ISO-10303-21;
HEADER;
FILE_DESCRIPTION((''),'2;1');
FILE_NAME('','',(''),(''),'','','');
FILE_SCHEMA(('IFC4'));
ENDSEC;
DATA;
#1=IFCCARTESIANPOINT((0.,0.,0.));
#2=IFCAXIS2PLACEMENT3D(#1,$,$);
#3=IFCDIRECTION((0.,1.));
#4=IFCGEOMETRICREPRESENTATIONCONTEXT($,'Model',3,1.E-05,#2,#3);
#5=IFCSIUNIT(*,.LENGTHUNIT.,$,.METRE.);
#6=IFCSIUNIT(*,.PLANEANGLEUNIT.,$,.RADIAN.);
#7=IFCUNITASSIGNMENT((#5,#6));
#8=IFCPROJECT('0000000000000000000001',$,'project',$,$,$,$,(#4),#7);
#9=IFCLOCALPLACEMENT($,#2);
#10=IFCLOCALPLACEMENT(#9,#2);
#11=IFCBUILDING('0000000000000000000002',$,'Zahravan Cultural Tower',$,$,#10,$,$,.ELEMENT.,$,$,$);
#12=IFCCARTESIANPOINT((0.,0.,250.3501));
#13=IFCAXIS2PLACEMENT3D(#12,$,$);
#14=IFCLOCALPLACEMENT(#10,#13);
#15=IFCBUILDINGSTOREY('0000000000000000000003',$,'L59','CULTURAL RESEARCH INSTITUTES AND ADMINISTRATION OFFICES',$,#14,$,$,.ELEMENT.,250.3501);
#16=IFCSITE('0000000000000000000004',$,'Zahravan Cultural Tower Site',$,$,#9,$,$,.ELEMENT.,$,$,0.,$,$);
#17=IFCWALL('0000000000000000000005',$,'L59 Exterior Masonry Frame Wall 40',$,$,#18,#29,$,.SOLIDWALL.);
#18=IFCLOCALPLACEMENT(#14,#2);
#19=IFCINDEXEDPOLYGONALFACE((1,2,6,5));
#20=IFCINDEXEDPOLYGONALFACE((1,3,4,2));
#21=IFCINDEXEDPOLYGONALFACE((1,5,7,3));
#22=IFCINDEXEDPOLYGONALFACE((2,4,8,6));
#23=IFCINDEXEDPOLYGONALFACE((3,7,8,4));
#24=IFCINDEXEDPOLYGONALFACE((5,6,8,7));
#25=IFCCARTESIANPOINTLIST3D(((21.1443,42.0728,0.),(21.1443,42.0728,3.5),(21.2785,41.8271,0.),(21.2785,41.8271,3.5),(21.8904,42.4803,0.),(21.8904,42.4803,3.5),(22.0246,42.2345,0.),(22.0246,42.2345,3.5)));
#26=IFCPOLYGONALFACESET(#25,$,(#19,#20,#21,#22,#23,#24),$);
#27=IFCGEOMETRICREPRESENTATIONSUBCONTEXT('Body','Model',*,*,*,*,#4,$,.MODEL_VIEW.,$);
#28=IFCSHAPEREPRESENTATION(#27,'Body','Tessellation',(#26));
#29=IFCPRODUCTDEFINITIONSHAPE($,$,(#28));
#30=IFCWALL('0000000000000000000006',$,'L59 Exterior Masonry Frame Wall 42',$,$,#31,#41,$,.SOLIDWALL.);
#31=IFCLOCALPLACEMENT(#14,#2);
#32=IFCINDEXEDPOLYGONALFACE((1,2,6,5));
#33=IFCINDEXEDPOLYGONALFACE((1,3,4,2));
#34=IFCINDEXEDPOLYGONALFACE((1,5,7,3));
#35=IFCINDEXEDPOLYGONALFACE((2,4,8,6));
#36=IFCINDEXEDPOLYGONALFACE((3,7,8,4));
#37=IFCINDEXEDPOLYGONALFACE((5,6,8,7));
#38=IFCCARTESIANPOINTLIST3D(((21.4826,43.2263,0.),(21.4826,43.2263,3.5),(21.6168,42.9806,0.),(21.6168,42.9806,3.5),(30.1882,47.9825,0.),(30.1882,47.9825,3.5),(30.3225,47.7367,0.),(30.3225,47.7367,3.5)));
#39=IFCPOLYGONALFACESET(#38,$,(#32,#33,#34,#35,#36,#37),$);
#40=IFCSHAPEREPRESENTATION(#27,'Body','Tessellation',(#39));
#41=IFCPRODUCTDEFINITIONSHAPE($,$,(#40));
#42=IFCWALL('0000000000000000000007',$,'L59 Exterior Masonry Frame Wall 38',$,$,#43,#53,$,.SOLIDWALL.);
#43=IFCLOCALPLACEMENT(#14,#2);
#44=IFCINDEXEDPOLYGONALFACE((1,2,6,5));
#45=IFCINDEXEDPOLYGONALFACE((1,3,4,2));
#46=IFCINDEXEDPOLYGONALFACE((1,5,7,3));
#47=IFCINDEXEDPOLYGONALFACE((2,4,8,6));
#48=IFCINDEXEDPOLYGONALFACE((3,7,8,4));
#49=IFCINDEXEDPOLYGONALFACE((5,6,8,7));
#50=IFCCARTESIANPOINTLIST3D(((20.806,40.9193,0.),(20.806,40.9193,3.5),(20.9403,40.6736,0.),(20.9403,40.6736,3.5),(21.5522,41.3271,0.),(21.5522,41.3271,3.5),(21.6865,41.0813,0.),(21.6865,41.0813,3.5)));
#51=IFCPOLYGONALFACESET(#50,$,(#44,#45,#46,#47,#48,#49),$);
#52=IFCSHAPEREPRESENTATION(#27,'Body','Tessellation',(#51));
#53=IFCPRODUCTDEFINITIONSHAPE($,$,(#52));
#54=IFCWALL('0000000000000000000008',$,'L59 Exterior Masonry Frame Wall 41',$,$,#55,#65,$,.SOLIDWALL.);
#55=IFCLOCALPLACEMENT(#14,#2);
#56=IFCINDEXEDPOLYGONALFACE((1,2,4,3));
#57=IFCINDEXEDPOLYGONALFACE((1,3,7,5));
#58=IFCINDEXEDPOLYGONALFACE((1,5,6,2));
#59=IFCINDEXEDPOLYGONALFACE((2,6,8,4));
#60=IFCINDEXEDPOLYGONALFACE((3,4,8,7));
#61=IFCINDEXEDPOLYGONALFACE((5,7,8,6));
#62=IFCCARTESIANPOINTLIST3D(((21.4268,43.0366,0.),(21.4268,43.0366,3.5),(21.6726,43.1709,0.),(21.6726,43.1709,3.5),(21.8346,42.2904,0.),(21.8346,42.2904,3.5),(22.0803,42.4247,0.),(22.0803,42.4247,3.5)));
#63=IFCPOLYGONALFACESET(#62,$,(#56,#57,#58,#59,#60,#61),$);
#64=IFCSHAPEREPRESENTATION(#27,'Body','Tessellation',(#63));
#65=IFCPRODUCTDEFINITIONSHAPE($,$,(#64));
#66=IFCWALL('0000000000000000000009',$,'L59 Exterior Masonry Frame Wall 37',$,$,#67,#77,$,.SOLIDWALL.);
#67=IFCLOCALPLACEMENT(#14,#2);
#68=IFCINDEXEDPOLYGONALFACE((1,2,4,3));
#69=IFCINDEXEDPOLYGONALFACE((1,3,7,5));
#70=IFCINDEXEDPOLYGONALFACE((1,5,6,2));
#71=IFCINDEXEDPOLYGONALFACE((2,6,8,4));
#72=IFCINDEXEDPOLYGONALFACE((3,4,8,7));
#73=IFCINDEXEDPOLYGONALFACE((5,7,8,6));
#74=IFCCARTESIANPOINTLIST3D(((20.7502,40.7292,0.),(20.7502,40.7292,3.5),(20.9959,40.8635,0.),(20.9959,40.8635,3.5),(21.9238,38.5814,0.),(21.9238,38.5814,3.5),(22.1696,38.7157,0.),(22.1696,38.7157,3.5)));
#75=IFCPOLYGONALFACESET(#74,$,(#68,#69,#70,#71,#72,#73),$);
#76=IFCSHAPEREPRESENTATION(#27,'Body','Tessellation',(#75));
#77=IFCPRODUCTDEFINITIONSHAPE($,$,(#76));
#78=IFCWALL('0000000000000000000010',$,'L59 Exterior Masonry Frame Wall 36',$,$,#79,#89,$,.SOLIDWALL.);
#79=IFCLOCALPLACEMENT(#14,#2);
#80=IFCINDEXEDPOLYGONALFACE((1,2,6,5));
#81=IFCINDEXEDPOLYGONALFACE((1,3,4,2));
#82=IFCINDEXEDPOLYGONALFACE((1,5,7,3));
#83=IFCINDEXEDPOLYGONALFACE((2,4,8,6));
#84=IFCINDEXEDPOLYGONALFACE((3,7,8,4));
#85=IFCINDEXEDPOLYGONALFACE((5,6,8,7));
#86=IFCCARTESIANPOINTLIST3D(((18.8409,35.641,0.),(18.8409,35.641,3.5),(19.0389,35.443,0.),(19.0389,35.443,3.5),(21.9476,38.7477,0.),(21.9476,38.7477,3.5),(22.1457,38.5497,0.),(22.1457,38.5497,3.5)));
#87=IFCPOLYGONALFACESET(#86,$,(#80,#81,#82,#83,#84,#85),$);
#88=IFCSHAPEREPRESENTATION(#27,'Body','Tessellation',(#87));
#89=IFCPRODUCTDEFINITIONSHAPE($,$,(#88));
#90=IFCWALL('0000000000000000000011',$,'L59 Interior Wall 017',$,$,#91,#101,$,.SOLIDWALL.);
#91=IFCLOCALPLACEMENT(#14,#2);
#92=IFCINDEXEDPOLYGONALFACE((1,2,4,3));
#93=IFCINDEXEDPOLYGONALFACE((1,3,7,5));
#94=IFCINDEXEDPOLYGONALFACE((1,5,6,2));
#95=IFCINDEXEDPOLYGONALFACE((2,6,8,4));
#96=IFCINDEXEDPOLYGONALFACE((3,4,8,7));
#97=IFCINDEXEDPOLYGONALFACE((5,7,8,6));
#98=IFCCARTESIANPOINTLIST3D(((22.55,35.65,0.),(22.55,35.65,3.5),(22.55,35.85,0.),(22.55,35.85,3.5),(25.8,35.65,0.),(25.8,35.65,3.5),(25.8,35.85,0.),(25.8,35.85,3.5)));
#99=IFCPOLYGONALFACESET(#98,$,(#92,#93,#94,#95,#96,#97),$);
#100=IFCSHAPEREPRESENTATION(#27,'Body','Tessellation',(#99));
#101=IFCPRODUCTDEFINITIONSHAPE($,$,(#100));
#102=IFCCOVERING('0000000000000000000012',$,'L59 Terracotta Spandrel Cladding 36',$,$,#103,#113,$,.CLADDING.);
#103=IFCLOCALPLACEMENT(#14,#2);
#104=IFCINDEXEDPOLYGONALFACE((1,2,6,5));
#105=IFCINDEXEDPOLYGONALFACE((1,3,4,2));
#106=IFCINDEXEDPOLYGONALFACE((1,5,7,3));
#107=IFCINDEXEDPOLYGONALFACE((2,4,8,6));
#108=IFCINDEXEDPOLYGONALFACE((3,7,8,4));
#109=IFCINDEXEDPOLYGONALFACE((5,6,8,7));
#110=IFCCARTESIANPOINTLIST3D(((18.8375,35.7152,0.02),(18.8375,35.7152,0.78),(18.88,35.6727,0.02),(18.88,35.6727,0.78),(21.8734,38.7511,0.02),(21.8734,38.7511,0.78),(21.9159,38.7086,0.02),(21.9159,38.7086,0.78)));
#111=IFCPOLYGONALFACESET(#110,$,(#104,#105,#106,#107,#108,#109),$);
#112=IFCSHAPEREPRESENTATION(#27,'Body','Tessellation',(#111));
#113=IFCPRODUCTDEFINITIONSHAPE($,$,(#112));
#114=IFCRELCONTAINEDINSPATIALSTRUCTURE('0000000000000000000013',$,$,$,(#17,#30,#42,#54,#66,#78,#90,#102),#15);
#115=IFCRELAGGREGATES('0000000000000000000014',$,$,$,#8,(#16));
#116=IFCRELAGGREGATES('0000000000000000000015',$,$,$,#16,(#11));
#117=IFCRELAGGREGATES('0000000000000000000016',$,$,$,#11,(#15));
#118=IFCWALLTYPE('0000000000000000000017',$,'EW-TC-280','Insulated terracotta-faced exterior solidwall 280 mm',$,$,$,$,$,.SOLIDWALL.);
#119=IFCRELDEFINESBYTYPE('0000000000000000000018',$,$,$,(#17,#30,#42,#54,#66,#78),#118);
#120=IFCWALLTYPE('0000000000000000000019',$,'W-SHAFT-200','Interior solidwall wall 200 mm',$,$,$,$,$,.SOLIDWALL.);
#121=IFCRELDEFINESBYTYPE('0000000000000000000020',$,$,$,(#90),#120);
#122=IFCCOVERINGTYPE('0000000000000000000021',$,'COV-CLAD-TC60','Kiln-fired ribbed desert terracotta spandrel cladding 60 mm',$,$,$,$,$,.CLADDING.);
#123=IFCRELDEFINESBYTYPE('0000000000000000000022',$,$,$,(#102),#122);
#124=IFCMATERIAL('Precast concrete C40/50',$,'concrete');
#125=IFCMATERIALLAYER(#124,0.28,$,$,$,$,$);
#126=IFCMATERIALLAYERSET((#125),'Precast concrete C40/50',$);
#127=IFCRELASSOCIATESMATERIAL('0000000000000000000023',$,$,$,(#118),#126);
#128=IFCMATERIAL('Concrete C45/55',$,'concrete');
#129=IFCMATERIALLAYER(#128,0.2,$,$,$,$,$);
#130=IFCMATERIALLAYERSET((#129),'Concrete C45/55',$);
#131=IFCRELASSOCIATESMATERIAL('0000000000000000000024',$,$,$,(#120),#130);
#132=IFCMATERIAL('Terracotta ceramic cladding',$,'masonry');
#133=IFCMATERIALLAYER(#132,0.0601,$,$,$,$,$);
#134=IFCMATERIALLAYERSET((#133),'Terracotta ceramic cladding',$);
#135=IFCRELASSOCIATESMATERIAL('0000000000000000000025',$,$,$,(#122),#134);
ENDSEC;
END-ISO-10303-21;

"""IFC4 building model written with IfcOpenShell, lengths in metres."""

from ifc_helpers import new_model, si_unit, direction, frame, frame_2d, origin, origin_2d, place, context, subcontext, project, spatial, rectangle, extrude, source, transform, mapped, material, layer, layer_set, type_object, element, save


model = new_model("IFC4")

# Units and contexts
model_context = context("Model", 3, precision=1e-05, world=origin(), true_north=direction((0.0, 1.0)))
body_context = subcontext(model_context, "Body", "Model", "MODEL_VIEW")
ifc_project = project(units=[si_unit("LENGTHUNIT", "METRE"), si_unit("PLANEANGLEUNIT", "RADIAN")], contexts=[model_context])

# Site, building, storey
site_placement = place(None, origin())
site = spatial("IfcSite", under=ifc_project, at=site_placement, Name="Zahravan Cultural Tower Site", CompositionType="ELEMENT", RefElevation=0.0)
building_placement = place(site_placement, origin())
building = spatial("IfcBuilding", under=site, at=building_placement, Name="Zahravan Cultural Tower", CompositionType="ELEMENT")
storey_placement = place(building_placement, frame((0.0, 0.0, 250.3501)))
storey = spatial("IfcBuildingStorey", under=building, at=storey_placement, Name="L59", Description="CULTURAL RESEARCH INSTITUTES AND ADMINISTRATION OFFICES", CompositionType="ELEMENT", Elevation=250.3501)

# Walls
ifc_material_1 = material(Name="Precast concrete C40/50", Category="concrete")
ifc_layer_1 = layer(ifc_material_1, 0.28)
ifc_layer_set_1 = layer_set([ifc_layer_1], Name="Precast concrete C40/50")
wall_type_1 = type_object("IfcWallType", Name="EW-TC-280", Description="Insulated terracotta-faced exterior solidwall 280 mm", PredefinedType="SOLIDWALL", material=ifc_layer_set_1)
shared_shape_1 = source(origin(), body_context, "Body", "SweptSolid", [
    extrude(rectangle(XDim=0.8501, YDim=0.28, at=frame_2d((0.425, 0.0))), origin(), (0.0, 0.0, 1.0), 3.5),
])
for number, where, z_axis, x_axis, name in (
    (1, (21.2114, 41.95, 0.0), (0.0, 0.0, 1.0), (0.877643, 0.479315, 0.0), "L59 Exterior Masonry Frame Wall 40"),
):
    element("IfcWall", number, at=place(storey_placement, frame(where, z_axis=z_axis, x_axis=x_axis)), inside=storey, type_object=wall_type_1, Name=name, PredefinedType="SOLIDWALL", context=body_context, shape_type="MappedRepresentation", body=[
        mapped(shared_shape_1, transform((0.0, 0.0, 0.0), x_axis=(1.0, 0.0, 0.0), y_axis=(0.0, 1.0, 0.0), z_axis=(0.0, 0.0, 1.0), scale=1.0)),
    ])
shared_shape_2 = source(origin(), body_context, "Body", "SweptSolid", [
    extrude(rectangle(XDim=9.9202, YDim=0.28, at=frame_2d((4.96, 0.0))), origin(), (0.0, 0.0, 1.0), 3.5),
])
wall_1_placement = place(storey_placement, frame((21.5498, 43.1035, 0.0), z_axis=(0.0, 0.0, 1.0), x_axis=(0.877573, 0.479443, 0.0)))
element("IfcWall", 2, at=wall_1_placement, inside=storey, type_object=wall_type_1, Name="L59 Exterior Masonry Frame Wall 42", PredefinedType="SOLIDWALL", context=body_context, shape_type="MappedRepresentation", body=[
    mapped(shared_shape_2, transform((0.0, 0.0, 0.0), x_axis=(1.0, 0.0, 0.0), y_axis=(0.0, 1.0, 0.0), z_axis=(0.0, 0.0, 1.0), scale=1.0)),
])
shared_shape_3 = source(origin(), body_context, "Body", "SweptSolid", [
    extrude(rectangle(XDim=0.8503, YDim=0.28, at=frame_2d((0.4253, 0.0))), origin(), (0.0, 0.0, 1.0), 3.5),
])
for number, where, z_axis, x_axis, name in (
    (3, (20.873, 40.7964, 0.0), (0.0, 0.0, 1.0), (0.877522, 0.479536, 0.0), "L59 Exterior Masonry Frame Wall 38"),
    (4, (21.9575, 42.3574, 0.0), (0.0, 0.0, 1.0), (-0.479536, 0.877522, 0.0), "L59 Exterior Masonry Frame Wall 41"),
):
    element("IfcWall", number, at=place(storey_placement, frame(where, z_axis=z_axis, x_axis=x_axis)), inside=storey, type_object=wall_type_1, Name=name, PredefinedType="SOLIDWALL", context=body_context, shape_type="MappedRepresentation", body=[
        mapped(shared_shape_3, transform((0.0, 0.0, 0.0), x_axis=(1.0, 0.0, 0.0), y_axis=(0.0, 1.0, 0.0), z_axis=(0.0, 0.0, 1.0), scale=1.0)),
    ])
shared_shape_4 = source(origin(), body_context, "Body", "SweptSolid", [
    extrude(rectangle(XDim=2.4475, YDim=0.28, at=frame_2d((1.2236, 0.0))), origin(), (0.0, 0.0, 1.0), 3.5),
])
wall_2_placement = place(storey_placement, frame((22.0466, 38.6487, 0.0), z_axis=(0.0, 0.0, 1.0), x_axis=(-0.479516, 0.877533, 0.0)))
element("IfcWall", 5, at=wall_2_placement, inside=storey, type_object=wall_type_1, Name="L59 Exterior Masonry Frame Wall 37", PredefinedType="SOLIDWALL", context=body_context, shape_type="MappedRepresentation", body=[
    mapped(shared_shape_4, transform((0.0, 0.0, 0.0), x_axis=(1.0, 0.0, 0.0), y_axis=(0.0, 1.0, 0.0), z_axis=(0.0, 0.0, 1.0), scale=1.0)),
])
shared_shape_5 = source(origin(), body_context, "Body", "SweptSolid", [
    extrude(rectangle(XDim=4.3936, YDim=0.28, at=frame_2d((2.1968, 0.0))), origin(), (0.0, 0.0, 1.0), 3.5),
])
wall_3_placement = place(storey_placement, frame((18.9399, 35.542, 0.0), z_axis=(0.0, 0.0, 1.0), x_axis=(0.707107, 0.707107, 0.0)))
element("IfcWall", 6, at=wall_3_placement, inside=storey, type_object=wall_type_1, Name="L59 Exterior Masonry Frame Wall 36", PredefinedType="SOLIDWALL", context=body_context, shape_type="MappedRepresentation", body=[
    mapped(shared_shape_5, transform((0.0, 0.0, 0.0), x_axis=(1.0, 0.0, 0.0), y_axis=(0.0, 1.0, 0.0), z_axis=(0.0, 0.0, 1.0), scale=1.0)),
])
ifc_material_2 = material(Name="Concrete C45/55", Category="concrete")
ifc_layer_2 = layer(ifc_material_2, 0.2)
ifc_layer_set_2 = layer_set([ifc_layer_2], Name="Concrete C45/55")
wall_type_2 = type_object("IfcWallType", Name="W-SHAFT-200", Description="Interior solidwall wall 200 mm", PredefinedType="SOLIDWALL", material=ifc_layer_set_2)
shared_shape_6 = source(origin(), body_context, "Body", "SweptSolid", [
    extrude(rectangle(XDim=3.25, YDim=0.2, at=frame_2d((1.625, 0.0))), origin(), (0.0, 0.0, 1.0), 3.5),
])
wall_4_placement = place(storey_placement, frame((22.55, 35.75, 0.0), z_axis=(0.0, 0.0, 1.0), x_axis=(1.0, 0.0, 0.0)))
element("IfcWall", 7, at=wall_4_placement, inside=storey, type_object=wall_type_2, Name="L59 Interior Wall 017", PredefinedType="SOLIDWALL", context=body_context, shape_type="MappedRepresentation", body=[
    mapped(shared_shape_6, transform((0.0, 0.0, 0.0), x_axis=(1.0, 0.0, 0.0), y_axis=(0.0, 1.0, 0.0), z_axis=(0.0, 0.0, 1.0), scale=1.0)),
])

# Covering
ifc_material_3 = material(Name="Terracotta ceramic cladding", Category="masonry")
ifc_layer_3 = layer(ifc_material_3, 0.0601)
ifc_layer_set_3 = layer_set([ifc_layer_3], Name="Terracotta ceramic cladding")
covering_type = type_object("IfcCoveringType", Name="COV-CLAD-TC60", Description="Kiln-fired ribbed desert terracotta spandrel cladding 60 mm", PredefinedType="CLADDING", material=ifc_layer_set_3)
shared_shape_7 = source(origin(), body_context, "Body", "SweptSolid", [
    extrude(rectangle(XDim=4.2935, YDim=0.0601, at=origin_2d()), origin(), (0.0, 0.0, 1.0), 0.76),
])
covering_placement = place(storey_placement, frame((20.3767, 37.2119, 0.02), z_axis=(0.0, 0.0, 1.0), x_axis=(0.707107, 0.707107, 0.0)))
element("IfcCovering", 8, at=covering_placement, inside=storey, type_object=covering_type, Name="L59 Terracotta Spandrel Cladding 36", PredefinedType="CLADDING", context=body_context, shape_type="MappedRepresentation", body=[
    mapped(shared_shape_7, transform((0.0, 0.0, 0.0), x_axis=(1.0, 0.0, 0.0), y_axis=(0.0, 1.0, 0.0), z_axis=(0.0, 0.0, 1.0), scale=1.0)),
])

save(model, "model.ifc")
